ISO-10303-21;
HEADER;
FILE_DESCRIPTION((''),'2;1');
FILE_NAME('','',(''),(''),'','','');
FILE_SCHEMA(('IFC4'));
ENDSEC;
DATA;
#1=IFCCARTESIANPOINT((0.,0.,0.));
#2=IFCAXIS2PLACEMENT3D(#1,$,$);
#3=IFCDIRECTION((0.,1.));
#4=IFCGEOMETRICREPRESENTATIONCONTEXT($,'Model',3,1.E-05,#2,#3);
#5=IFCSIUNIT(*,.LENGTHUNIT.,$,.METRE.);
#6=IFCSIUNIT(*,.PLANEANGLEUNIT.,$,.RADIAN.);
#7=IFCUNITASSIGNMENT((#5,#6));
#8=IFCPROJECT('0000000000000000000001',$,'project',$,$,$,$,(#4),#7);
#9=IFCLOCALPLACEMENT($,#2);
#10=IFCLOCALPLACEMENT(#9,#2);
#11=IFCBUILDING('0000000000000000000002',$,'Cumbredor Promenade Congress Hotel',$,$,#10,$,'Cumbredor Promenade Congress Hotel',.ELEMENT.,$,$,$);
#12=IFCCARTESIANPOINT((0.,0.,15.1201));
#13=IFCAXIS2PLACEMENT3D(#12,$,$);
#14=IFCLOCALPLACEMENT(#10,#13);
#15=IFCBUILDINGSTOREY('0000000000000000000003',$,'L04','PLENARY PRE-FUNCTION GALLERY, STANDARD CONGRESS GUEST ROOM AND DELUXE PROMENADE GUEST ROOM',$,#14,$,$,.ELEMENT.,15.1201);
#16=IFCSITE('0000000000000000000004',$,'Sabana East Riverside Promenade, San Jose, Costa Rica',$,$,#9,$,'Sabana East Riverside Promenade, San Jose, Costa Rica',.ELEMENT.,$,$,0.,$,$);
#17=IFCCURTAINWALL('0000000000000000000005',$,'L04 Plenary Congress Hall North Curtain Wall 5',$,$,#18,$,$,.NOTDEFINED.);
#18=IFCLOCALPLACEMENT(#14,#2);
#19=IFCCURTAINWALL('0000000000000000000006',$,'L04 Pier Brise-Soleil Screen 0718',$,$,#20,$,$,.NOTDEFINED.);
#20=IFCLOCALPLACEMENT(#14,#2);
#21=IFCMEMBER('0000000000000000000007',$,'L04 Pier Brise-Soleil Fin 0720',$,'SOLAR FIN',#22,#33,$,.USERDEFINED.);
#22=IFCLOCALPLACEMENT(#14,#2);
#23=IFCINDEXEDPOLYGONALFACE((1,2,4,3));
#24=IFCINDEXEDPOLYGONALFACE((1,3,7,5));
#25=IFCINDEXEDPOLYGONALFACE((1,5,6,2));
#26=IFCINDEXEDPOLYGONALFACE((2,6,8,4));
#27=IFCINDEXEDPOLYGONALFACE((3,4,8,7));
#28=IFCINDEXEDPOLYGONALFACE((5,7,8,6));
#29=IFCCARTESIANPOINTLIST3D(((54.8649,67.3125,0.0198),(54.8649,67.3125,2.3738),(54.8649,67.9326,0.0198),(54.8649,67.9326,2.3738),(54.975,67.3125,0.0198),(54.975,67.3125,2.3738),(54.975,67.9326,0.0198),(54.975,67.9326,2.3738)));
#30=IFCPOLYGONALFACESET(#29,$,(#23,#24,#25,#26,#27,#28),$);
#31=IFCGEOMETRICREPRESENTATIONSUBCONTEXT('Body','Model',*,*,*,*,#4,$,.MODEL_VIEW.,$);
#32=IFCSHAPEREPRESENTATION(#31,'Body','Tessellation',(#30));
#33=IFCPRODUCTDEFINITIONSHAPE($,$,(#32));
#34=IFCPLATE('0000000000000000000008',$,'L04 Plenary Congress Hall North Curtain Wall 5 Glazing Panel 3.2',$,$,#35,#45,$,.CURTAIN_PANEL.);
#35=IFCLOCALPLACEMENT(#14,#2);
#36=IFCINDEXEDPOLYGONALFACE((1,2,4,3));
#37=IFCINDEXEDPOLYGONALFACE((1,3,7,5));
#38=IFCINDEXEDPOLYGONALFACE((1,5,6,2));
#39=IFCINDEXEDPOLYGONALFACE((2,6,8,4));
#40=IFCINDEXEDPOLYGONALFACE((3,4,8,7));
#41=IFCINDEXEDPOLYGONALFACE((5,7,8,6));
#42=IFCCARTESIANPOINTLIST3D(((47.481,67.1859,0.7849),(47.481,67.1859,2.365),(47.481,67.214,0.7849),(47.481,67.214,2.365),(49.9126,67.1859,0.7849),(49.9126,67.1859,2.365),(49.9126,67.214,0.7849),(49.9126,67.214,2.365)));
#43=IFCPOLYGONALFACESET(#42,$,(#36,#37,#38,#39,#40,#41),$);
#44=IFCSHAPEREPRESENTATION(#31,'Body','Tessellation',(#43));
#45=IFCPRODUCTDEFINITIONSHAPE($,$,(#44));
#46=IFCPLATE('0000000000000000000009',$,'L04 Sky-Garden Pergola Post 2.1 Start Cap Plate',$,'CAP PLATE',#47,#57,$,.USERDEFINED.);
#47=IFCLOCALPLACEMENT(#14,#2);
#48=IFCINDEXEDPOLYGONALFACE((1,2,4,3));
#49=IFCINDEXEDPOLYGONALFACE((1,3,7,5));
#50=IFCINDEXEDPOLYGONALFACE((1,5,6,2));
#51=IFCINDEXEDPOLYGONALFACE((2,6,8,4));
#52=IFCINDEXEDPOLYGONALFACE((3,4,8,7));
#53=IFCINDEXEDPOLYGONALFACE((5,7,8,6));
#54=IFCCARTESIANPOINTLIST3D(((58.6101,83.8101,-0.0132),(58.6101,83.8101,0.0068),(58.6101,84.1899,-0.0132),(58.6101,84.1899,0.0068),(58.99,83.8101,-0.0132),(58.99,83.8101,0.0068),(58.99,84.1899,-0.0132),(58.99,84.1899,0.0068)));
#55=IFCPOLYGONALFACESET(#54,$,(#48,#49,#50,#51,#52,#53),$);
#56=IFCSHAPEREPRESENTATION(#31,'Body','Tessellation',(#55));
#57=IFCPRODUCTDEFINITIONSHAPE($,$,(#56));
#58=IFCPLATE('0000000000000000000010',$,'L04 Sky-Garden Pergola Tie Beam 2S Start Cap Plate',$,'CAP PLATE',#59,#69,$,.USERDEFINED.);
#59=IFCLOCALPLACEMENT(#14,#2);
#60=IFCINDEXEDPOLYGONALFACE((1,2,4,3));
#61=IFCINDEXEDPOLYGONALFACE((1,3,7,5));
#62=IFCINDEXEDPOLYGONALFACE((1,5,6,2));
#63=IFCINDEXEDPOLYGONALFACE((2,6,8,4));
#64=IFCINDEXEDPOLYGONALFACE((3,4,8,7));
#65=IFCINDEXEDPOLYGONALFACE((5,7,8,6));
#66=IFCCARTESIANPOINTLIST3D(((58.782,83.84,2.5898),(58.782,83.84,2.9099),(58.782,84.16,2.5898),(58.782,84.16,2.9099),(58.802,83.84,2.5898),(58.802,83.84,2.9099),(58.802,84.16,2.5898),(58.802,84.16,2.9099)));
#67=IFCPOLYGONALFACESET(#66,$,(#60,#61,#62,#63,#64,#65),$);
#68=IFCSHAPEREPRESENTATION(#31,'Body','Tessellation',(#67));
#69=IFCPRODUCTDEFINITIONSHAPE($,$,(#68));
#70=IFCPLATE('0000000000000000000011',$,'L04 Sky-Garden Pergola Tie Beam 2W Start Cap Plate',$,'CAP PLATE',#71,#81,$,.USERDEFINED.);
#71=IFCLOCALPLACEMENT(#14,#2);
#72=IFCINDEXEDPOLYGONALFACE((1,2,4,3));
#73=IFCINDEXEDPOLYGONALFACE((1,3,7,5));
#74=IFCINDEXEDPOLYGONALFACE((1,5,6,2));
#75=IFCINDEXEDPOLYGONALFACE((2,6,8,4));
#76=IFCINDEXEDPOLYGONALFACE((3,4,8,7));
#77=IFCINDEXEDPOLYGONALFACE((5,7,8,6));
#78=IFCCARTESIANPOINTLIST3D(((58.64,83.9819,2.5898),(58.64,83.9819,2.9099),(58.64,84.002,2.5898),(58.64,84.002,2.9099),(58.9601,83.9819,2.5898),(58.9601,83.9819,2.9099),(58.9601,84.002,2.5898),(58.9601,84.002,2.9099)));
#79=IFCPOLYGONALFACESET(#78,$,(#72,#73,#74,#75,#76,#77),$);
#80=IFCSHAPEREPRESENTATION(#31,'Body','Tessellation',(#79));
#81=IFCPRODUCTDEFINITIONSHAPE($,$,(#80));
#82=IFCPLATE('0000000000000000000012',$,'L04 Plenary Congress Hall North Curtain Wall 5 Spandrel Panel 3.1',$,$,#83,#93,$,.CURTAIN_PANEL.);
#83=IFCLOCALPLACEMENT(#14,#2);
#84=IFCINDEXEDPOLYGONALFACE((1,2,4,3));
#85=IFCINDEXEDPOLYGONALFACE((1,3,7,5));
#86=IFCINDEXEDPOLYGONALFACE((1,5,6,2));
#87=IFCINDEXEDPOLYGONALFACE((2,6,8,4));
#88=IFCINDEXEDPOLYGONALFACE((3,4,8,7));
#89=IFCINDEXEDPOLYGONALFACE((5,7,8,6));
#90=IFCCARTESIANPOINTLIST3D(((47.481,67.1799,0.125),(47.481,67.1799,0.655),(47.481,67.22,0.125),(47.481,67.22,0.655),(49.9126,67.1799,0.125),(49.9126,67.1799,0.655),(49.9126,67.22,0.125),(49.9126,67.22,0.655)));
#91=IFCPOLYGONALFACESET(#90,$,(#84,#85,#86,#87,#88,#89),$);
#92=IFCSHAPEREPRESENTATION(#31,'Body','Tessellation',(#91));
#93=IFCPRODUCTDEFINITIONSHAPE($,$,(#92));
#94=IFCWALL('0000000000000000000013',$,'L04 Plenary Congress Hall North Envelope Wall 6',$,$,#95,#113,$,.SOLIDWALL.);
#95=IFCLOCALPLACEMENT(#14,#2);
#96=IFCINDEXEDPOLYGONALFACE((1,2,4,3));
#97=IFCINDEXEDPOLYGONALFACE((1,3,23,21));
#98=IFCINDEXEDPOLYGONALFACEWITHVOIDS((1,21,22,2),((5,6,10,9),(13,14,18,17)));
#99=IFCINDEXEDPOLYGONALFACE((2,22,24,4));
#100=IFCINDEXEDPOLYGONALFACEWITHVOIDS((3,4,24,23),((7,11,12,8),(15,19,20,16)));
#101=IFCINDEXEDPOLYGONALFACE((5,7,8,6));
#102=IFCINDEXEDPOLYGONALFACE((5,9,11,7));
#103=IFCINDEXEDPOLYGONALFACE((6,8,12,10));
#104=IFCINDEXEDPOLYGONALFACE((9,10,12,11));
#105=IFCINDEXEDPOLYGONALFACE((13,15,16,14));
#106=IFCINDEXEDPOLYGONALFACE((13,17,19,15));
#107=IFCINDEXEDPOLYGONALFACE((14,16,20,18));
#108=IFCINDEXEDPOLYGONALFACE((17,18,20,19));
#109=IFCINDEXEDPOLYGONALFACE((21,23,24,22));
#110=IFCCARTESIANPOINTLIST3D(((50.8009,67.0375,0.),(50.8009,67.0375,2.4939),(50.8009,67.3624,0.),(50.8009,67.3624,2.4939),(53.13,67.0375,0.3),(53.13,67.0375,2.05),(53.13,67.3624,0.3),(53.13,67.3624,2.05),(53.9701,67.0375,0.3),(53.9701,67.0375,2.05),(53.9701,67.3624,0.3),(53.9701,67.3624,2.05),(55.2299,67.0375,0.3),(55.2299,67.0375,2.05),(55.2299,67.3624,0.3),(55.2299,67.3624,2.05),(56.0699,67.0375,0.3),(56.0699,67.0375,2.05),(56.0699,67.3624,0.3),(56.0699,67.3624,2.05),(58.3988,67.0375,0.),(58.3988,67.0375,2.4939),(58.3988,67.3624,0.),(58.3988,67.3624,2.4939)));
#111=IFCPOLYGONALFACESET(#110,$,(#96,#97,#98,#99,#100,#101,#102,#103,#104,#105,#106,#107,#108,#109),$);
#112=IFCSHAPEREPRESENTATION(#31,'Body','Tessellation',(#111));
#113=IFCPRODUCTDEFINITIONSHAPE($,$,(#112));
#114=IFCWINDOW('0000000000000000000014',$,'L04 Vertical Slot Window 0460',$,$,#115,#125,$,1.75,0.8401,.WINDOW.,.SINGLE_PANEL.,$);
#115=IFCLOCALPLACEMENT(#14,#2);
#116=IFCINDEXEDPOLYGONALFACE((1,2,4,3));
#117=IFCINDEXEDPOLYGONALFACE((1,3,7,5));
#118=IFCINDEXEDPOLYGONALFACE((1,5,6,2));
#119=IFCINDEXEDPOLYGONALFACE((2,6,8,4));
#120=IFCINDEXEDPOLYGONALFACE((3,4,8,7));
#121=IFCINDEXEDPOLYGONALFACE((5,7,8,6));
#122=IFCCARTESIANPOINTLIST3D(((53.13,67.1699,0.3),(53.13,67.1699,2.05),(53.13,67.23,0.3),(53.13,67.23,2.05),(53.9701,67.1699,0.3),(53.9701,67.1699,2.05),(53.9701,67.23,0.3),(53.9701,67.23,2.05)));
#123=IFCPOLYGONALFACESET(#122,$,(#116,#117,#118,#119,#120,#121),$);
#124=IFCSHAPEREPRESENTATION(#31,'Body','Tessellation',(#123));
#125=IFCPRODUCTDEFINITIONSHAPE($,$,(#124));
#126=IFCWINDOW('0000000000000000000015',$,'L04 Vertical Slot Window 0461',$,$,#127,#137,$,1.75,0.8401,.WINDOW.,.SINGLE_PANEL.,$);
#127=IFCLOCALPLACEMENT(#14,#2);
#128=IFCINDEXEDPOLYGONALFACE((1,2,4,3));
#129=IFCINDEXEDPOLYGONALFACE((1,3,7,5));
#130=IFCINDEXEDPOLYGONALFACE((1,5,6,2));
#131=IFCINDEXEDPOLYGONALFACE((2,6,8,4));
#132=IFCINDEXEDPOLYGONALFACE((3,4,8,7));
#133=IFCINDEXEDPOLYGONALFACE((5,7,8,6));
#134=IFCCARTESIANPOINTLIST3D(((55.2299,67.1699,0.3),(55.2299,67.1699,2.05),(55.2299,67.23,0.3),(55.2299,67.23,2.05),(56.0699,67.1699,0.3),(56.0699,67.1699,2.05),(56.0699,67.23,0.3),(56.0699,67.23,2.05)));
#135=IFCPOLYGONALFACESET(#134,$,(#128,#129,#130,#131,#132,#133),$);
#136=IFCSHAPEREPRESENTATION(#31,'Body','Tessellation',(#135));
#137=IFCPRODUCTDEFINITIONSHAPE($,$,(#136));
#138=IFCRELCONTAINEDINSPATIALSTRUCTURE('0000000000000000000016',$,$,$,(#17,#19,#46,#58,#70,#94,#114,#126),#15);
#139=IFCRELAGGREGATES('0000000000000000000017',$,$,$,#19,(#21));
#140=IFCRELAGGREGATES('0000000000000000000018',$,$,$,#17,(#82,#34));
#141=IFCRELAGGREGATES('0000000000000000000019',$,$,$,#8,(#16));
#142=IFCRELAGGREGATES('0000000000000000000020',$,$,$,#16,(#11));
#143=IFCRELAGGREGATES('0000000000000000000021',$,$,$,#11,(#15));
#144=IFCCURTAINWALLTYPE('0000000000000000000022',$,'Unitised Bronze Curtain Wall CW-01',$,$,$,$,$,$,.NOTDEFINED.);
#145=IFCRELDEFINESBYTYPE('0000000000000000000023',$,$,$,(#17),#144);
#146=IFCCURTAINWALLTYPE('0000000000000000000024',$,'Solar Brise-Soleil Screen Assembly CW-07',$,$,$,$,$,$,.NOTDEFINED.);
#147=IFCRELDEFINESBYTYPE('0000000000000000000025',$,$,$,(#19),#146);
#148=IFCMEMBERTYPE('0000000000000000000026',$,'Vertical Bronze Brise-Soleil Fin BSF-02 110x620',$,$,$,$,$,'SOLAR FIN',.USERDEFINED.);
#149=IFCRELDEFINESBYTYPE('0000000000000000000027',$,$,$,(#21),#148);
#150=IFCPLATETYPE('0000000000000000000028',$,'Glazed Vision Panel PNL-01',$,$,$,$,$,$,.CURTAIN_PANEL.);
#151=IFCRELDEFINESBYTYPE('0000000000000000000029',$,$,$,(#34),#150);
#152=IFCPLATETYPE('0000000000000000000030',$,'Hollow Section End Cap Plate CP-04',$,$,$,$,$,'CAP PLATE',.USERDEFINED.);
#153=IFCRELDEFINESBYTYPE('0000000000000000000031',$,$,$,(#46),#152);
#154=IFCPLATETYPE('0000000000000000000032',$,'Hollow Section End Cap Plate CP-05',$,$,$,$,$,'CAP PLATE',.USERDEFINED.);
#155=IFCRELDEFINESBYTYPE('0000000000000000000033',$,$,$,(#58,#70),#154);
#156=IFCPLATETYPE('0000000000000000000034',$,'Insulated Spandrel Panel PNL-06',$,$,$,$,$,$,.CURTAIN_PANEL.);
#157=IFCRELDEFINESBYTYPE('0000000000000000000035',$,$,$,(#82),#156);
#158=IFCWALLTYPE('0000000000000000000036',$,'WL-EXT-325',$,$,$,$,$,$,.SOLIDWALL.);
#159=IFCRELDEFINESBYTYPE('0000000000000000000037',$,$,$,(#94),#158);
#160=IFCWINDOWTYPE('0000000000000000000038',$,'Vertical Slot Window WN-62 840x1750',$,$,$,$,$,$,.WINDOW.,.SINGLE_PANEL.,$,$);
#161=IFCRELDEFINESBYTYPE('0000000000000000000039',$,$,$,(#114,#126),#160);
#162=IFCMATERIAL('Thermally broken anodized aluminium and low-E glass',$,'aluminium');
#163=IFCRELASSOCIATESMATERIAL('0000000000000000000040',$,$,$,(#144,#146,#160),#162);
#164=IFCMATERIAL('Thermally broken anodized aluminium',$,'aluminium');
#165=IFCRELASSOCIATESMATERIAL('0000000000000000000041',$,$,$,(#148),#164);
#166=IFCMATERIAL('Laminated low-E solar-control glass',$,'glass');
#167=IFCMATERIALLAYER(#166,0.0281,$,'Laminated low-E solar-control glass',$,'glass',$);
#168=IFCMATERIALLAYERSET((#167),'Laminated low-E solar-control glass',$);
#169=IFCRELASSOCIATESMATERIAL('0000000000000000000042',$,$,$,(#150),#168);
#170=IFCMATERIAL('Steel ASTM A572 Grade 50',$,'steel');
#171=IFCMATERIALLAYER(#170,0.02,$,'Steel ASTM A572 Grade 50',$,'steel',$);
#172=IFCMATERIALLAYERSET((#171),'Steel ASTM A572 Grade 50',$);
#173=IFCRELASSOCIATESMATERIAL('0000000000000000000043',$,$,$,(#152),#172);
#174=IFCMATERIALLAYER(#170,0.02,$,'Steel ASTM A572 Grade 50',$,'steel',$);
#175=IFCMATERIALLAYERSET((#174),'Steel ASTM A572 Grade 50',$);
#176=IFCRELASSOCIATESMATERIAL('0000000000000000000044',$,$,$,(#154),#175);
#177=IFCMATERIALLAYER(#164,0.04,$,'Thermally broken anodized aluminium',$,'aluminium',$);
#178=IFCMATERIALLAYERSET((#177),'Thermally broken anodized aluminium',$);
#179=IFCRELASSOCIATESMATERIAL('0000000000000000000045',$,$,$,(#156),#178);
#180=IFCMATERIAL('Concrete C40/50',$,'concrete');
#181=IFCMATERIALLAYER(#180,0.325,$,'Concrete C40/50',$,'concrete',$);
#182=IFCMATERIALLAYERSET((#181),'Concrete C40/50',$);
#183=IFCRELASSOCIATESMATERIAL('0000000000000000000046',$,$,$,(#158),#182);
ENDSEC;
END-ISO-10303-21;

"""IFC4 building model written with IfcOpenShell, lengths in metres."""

from ifc_helpers import new_model, si_unit, direction, frame, frame_2d, origin, origin_2d, place, context, subcontext, project, spatial, rectangle, extrude, material, layer, layer_set, material_profile, profile_set, type_object, element, fill, aggregate, save


model = new_model("IFC4")

# Units and contexts
model_context = context("Model", 3, precision=1e-05, world=origin(), true_north=direction((0.0, 1.0)))
body_context = subcontext(model_context, "Body", "Model", "MODEL_VIEW")
ifc_project = project(units=[si_unit("LENGTHUNIT", "METRE"), si_unit("PLANEANGLEUNIT", "RADIAN")], contexts=[model_context])

# Site, building, storey
site_placement = place(None, origin())
site = spatial("IfcSite", under=ifc_project, at=site_placement, Name="Sabana East Riverside Promenade, San Jose, Costa Rica", LongName="Sabana East Riverside Promenade, San Jose, Costa Rica", CompositionType="ELEMENT", RefElevation=0.0)
building_placement = place(site_placement, origin())
building = spatial("IfcBuilding", under=site, at=building_placement, Name="Cumbredor Promenade Congress Hotel", LongName="Cumbredor Promenade Congress Hotel", CompositionType="ELEMENT")
storey_placement = place(building_placement, frame((0.0, 0.0, 15.1201)))
storey = spatial("IfcBuildingStorey", under=building, at=storey_placement, Name="L04", Description="PLENARY PRE-FUNCTION GALLERY, STANDARD CONGRESS GUEST ROOM AND DELUXE PROMENADE GUEST ROOM", CompositionType="ELEMENT", Elevation=15.1201)

# Curtain walls, member
ifc_material_1 = material(Name="Thermally broken anodized aluminium and low-E glass", Category="aluminium")
curtain_wall_type_1 = type_object("IfcCurtainWallType", Name="Unitised Bronze Curtain Wall CW-01", PredefinedType="NOTDEFINED", material=ifc_material_1)
curtain_wall_1_placement = place(storey_placement, origin())
curtain_wall_1 = element("IfcCurtainWall", 1, at=curtain_wall_1_placement, inside=storey, type_object=curtain_wall_type_1, Name="L04 Plenary Congress Hall North Curtain Wall 5", PredefinedType="NOTDEFINED")
ifc_material_2 = material(Name="Thermally broken anodized aluminium", Category="aluminium")
curtain_wall_type_2 = type_object("IfcCurtainWallType", Name="Solar Brise-Soleil Screen Assembly CW-07", PredefinedType="NOTDEFINED", material=ifc_material_1)
curtain_wall_2_placement = place(storey_placement, origin())
curtain_wall_2 = element("IfcCurtainWall", 2, at=curtain_wall_2_placement, inside=storey, type_object=curtain_wall_type_2, Name="L04 Pier Brise-Soleil Screen 0718", PredefinedType="NOTDEFINED")
ifc_material_profile_1 = material_profile(ifc_material_2, rectangle(XDim=0.1101, YDim=0.6201, at=origin_2d()), Name="ARCH FIN 110x620")
ifc_profile_set_1 = profile_set([ifc_material_profile_1], Name="Thermally broken anodized aluminium")
member_type_1 = type_object("IfcMemberType", Name="Vertical Bronze Brise-Soleil Fin BSF-02 110x620", ElementType="SOLAR FIN", PredefinedType="USERDEFINED", material=ifc_profile_set_1)
member_1_placement = place(storey_placement, frame((54.9199, 67.6226, 0.0198), z_axis=(0.0, 0.0, 1.0), x_axis=(1.0, 0.0, 0.0)))
member_1 = element("IfcMember", 3, at=member_1_placement, type_object=member_type_1, Name="L04 Pier Brise-Soleil Fin 0720", ObjectType="SOLAR FIN", PredefinedType="USERDEFINED", context=body_context, shape_type="SweptSolid", body=[
    extrude(rectangle(XDim=0.1101, YDim=0.6201, at=origin_2d()), origin(), (0.0, 0.0, 1.0), 2.354),
])
aggregate(curtain_wall_2, [member_1])

# Plate
ifc_material_3 = material(Name="Laminated low-E solar-control glass", Category="glass")
ifc_layer_1 = layer(ifc_material_3, 0.0281, Name="Laminated low-E solar-control glass", Category="glass")
ifc_layer_set_1 = layer_set([ifc_layer_1], Name="Laminated low-E solar-control glass")
plate_type_1 = type_object("IfcPlateType", Name="Glazed Vision Panel PNL-01", PredefinedType="CURTAIN_PANEL", material=ifc_layer_set_1)
plate_1_placement = place(storey_placement, frame((48.6968, 67.2, 0.7849), z_axis=(0.0, 0.0, 1.0), x_axis=(1.0, 0.0, 0.0)))
plate_1 = element("IfcPlate", 4, at=plate_1_placement, type_object=plate_type_1, Name="L04 Plenary Congress Hall North Curtain Wall 5 Glazing Panel 3.2", PredefinedType="CURTAIN_PANEL", context=body_context, shape_type="SweptSolid", body=[
    extrude(rectangle(XDim=2.4316, YDim=0.0281, at=origin_2d()), origin(), (0.0, 0.0, 1.0), 1.5801),
])

# Plates
ifc_material_4 = material(Name="Steel ASTM A572 Grade 50", Category="steel")
ifc_layer_2 = layer(ifc_material_4, 0.02, Name="Steel ASTM A572 Grade 50", Category="steel")
ifc_layer_set_2 = layer_set([ifc_layer_2], Name="Steel ASTM A572 Grade 50")
plate_type_2 = type_object("IfcPlateType", Name="Hollow Section End Cap Plate CP-04", ElementType="CAP PLATE", PredefinedType="USERDEFINED", material=ifc_layer_set_2)
plate_2_placement = place(storey_placement, frame((58.8, 84.0, -0.0132), z_axis=(0.0, 0.0, 1.0), x_axis=(1.0, 0.0, 0.0)))
element("IfcPlate", 5, at=plate_2_placement, inside=storey, type_object=plate_type_2, Name="L04 Sky-Garden Pergola Post 2.1 Start Cap Plate", ObjectType="CAP PLATE", PredefinedType="USERDEFINED", context=body_context, shape_type="SweptSolid", body=[
    extrude(rectangle(XDim=0.3799, YDim=0.3799, at=origin_2d()), origin(), (0.0, 0.0, 1.0), 0.02),
])
ifc_layer_3 = layer(ifc_material_4, 0.02, Name="Steel ASTM A572 Grade 50", Category="steel")
ifc_layer_set_3 = layer_set([ifc_layer_3], Name="Steel ASTM A572 Grade 50")
plate_type_3 = type_object("IfcPlateType", Name="Hollow Section End Cap Plate CP-05", ElementType="CAP PLATE", PredefinedType="USERDEFINED", material=ifc_layer_set_3)
for number, where, z_axis, x_axis, name in (
    (6, (58.792, 84.0, 2.5898), (0.0, 0.0, 1.0), (1.0, 0.0, 0.0), "L04 Sky-Garden Pergola Tie Beam 2S Start Cap Plate"),
    (7, (58.8, 83.9919, 2.5898), (0.0, 0.0, 1.0), (0.0, 1.0, 0.0), "L04 Sky-Garden Pergola Tie Beam 2W Start Cap Plate"),
):
    element("IfcPlate", number, at=place(storey_placement, frame(where, z_axis=z_axis, x_axis=x_axis)), inside=storey, type_object=plate_type_3, Name=name, ObjectType="CAP PLATE", PredefinedType="USERDEFINED", context=body_context, shape_type="SweptSolid", body=[
        extrude(rectangle(XDim=0.02, YDim=0.3201, at=origin_2d()), origin(), (0.0, 0.0, 1.0), 0.3201),
    ])

# Plate
ifc_layer_4 = layer(ifc_material_2, 0.04, Name="Thermally broken anodized aluminium", Category="aluminium")
ifc_layer_set_4 = layer_set([ifc_layer_4], Name="Thermally broken anodized aluminium")
plate_type_4 = type_object("IfcPlateType", Name="Insulated Spandrel Panel PNL-06", PredefinedType="CURTAIN_PANEL", material=ifc_layer_set_4)
plate_3_placement = place(storey_placement, frame((48.6968, 67.2, 0.125), z_axis=(0.0, 0.0, 1.0), x_axis=(1.0, 0.0, 0.0)))
plate_3 = element("IfcPlate", 8, at=plate_3_placement, type_object=plate_type_4, Name="L04 Plenary Congress Hall North Curtain Wall 5 Spandrel Panel 3.1", PredefinedType="CURTAIN_PANEL", context=body_context, shape_type="SweptSolid", body=[
    extrude(rectangle(XDim=2.4316, YDim=0.04, at=origin_2d()), origin(), (0.0, 0.0, 1.0), 0.53),
])
aggregate(curtain_wall_1, [plate_3, plate_1])

# Wall, openings, windows
ifc_material_5 = material(Name="Concrete C40/50", Category="concrete")
ifc_layer_5 = layer(ifc_material_5, 0.325, Name="Concrete C40/50", Category="concrete")
ifc_layer_set_5 = layer_set([ifc_layer_5], Name="Concrete C40/50")
wall_type = type_object("IfcWallType", Name="WL-EXT-325", PredefinedType="SOLIDWALL", material=ifc_layer_set_5)
wall_placement = place(storey_placement, frame((50.801, 67.2, 0.0), z_axis=(0.0, 0.0, 1.0), x_axis=(1.0, 0.0, 0.0)))
wall = element("IfcWall", 9, at=wall_placement, inside=storey, type_object=wall_type, Name="L04 Plenary Congress Hall North Envelope Wall 6", PredefinedType="SOLIDWALL", context=body_context, shape_type="SweptSolid", body=[
    extrude(rectangle(XDim=7.5979, YDim=0.325, at=frame_2d((3.7988, 0.0))), origin(), (0.0, 0.0, 1.0), 2.4939),
])
opening_1_placement = place(wall_placement, frame((2.3291, 0.0, 0.3)))
opening_1 = element("IfcOpeningElement", 10, at=opening_1_placement, cuts=wall, PredefinedType="OPENING", context=body_context, shape_type="SweptSolid", body=[
    extrude(rectangle(XDim=0.8401, YDim=1.75, at=frame_2d((0.4199, 0.875))), frame((0.0, 0.1724, 0.0), z_axis=(0.0, -1.0, 0.0), x_axis=(1.0, 0.0, 0.0)), (0.0, 0.0, 1.0), 0.345),
])
opening_2_placement = place(wall_placement, frame((4.429, 0.0, 0.3)))
opening_2 = element("IfcOpeningElement", 11, at=opening_2_placement, cuts=wall, PredefinedType="OPENING", context=body_context, shape_type="SweptSolid", body=[
    extrude(rectangle(XDim=0.8401, YDim=1.75, at=frame_2d((0.4199, 0.875))), frame((0.0, 0.1724, 0.0), z_axis=(0.0, -1.0, 0.0), x_axis=(1.0, 0.0, 0.0)), (0.0, 0.0, 1.0), 0.345),
])
window_type = type_object("IfcWindowType", Name="Vertical Slot Window WN-62 840x1750", PartitioningType="SINGLE_PANEL", PredefinedType="WINDOW", material=ifc_material_1)
window_1_placement = place(opening_1_placement, origin())
window_1 = element("IfcWindow", 12, at=window_1_placement, inside=storey, type_object=window_type, Name="L04 Vertical Slot Window 0460", OverallHeight=1.75, OverallWidth=0.8401, PartitioningType="SINGLE_PANEL", PredefinedType="WINDOW", context=body_context, shape_type="SweptSolid", body=[
    extrude(rectangle(XDim=0.8401, YDim=1.75, at=frame_2d((0.4199, 0.875))), frame((0.0, 0.03, 0.0), z_axis=(0.0, -1.0, 0.0), x_axis=(1.0, 0.0, 0.0)), (0.0, 0.0, 1.0), 0.0601),
])
fill(opening_1, window_1)
window_2_placement = place(opening_2_placement, origin())
window_2 = element("IfcWindow", 13, at=window_2_placement, inside=storey, type_object=window_type, Name="L04 Vertical Slot Window 0461", OverallHeight=1.75, OverallWidth=0.8401, PartitioningType="SINGLE_PANEL", PredefinedType="WINDOW", context=body_context, shape_type="SweptSolid", body=[
    extrude(rectangle(XDim=0.8401, YDim=1.75, at=frame_2d((0.4199, 0.875))), frame((0.0, 0.03, 0.0), z_axis=(0.0, -1.0, 0.0), x_axis=(1.0, 0.0, 0.0)), (0.0, 0.0, 1.0), 0.0601),
])
fill(opening_2, window_2)

save(model, "model.ifc")
